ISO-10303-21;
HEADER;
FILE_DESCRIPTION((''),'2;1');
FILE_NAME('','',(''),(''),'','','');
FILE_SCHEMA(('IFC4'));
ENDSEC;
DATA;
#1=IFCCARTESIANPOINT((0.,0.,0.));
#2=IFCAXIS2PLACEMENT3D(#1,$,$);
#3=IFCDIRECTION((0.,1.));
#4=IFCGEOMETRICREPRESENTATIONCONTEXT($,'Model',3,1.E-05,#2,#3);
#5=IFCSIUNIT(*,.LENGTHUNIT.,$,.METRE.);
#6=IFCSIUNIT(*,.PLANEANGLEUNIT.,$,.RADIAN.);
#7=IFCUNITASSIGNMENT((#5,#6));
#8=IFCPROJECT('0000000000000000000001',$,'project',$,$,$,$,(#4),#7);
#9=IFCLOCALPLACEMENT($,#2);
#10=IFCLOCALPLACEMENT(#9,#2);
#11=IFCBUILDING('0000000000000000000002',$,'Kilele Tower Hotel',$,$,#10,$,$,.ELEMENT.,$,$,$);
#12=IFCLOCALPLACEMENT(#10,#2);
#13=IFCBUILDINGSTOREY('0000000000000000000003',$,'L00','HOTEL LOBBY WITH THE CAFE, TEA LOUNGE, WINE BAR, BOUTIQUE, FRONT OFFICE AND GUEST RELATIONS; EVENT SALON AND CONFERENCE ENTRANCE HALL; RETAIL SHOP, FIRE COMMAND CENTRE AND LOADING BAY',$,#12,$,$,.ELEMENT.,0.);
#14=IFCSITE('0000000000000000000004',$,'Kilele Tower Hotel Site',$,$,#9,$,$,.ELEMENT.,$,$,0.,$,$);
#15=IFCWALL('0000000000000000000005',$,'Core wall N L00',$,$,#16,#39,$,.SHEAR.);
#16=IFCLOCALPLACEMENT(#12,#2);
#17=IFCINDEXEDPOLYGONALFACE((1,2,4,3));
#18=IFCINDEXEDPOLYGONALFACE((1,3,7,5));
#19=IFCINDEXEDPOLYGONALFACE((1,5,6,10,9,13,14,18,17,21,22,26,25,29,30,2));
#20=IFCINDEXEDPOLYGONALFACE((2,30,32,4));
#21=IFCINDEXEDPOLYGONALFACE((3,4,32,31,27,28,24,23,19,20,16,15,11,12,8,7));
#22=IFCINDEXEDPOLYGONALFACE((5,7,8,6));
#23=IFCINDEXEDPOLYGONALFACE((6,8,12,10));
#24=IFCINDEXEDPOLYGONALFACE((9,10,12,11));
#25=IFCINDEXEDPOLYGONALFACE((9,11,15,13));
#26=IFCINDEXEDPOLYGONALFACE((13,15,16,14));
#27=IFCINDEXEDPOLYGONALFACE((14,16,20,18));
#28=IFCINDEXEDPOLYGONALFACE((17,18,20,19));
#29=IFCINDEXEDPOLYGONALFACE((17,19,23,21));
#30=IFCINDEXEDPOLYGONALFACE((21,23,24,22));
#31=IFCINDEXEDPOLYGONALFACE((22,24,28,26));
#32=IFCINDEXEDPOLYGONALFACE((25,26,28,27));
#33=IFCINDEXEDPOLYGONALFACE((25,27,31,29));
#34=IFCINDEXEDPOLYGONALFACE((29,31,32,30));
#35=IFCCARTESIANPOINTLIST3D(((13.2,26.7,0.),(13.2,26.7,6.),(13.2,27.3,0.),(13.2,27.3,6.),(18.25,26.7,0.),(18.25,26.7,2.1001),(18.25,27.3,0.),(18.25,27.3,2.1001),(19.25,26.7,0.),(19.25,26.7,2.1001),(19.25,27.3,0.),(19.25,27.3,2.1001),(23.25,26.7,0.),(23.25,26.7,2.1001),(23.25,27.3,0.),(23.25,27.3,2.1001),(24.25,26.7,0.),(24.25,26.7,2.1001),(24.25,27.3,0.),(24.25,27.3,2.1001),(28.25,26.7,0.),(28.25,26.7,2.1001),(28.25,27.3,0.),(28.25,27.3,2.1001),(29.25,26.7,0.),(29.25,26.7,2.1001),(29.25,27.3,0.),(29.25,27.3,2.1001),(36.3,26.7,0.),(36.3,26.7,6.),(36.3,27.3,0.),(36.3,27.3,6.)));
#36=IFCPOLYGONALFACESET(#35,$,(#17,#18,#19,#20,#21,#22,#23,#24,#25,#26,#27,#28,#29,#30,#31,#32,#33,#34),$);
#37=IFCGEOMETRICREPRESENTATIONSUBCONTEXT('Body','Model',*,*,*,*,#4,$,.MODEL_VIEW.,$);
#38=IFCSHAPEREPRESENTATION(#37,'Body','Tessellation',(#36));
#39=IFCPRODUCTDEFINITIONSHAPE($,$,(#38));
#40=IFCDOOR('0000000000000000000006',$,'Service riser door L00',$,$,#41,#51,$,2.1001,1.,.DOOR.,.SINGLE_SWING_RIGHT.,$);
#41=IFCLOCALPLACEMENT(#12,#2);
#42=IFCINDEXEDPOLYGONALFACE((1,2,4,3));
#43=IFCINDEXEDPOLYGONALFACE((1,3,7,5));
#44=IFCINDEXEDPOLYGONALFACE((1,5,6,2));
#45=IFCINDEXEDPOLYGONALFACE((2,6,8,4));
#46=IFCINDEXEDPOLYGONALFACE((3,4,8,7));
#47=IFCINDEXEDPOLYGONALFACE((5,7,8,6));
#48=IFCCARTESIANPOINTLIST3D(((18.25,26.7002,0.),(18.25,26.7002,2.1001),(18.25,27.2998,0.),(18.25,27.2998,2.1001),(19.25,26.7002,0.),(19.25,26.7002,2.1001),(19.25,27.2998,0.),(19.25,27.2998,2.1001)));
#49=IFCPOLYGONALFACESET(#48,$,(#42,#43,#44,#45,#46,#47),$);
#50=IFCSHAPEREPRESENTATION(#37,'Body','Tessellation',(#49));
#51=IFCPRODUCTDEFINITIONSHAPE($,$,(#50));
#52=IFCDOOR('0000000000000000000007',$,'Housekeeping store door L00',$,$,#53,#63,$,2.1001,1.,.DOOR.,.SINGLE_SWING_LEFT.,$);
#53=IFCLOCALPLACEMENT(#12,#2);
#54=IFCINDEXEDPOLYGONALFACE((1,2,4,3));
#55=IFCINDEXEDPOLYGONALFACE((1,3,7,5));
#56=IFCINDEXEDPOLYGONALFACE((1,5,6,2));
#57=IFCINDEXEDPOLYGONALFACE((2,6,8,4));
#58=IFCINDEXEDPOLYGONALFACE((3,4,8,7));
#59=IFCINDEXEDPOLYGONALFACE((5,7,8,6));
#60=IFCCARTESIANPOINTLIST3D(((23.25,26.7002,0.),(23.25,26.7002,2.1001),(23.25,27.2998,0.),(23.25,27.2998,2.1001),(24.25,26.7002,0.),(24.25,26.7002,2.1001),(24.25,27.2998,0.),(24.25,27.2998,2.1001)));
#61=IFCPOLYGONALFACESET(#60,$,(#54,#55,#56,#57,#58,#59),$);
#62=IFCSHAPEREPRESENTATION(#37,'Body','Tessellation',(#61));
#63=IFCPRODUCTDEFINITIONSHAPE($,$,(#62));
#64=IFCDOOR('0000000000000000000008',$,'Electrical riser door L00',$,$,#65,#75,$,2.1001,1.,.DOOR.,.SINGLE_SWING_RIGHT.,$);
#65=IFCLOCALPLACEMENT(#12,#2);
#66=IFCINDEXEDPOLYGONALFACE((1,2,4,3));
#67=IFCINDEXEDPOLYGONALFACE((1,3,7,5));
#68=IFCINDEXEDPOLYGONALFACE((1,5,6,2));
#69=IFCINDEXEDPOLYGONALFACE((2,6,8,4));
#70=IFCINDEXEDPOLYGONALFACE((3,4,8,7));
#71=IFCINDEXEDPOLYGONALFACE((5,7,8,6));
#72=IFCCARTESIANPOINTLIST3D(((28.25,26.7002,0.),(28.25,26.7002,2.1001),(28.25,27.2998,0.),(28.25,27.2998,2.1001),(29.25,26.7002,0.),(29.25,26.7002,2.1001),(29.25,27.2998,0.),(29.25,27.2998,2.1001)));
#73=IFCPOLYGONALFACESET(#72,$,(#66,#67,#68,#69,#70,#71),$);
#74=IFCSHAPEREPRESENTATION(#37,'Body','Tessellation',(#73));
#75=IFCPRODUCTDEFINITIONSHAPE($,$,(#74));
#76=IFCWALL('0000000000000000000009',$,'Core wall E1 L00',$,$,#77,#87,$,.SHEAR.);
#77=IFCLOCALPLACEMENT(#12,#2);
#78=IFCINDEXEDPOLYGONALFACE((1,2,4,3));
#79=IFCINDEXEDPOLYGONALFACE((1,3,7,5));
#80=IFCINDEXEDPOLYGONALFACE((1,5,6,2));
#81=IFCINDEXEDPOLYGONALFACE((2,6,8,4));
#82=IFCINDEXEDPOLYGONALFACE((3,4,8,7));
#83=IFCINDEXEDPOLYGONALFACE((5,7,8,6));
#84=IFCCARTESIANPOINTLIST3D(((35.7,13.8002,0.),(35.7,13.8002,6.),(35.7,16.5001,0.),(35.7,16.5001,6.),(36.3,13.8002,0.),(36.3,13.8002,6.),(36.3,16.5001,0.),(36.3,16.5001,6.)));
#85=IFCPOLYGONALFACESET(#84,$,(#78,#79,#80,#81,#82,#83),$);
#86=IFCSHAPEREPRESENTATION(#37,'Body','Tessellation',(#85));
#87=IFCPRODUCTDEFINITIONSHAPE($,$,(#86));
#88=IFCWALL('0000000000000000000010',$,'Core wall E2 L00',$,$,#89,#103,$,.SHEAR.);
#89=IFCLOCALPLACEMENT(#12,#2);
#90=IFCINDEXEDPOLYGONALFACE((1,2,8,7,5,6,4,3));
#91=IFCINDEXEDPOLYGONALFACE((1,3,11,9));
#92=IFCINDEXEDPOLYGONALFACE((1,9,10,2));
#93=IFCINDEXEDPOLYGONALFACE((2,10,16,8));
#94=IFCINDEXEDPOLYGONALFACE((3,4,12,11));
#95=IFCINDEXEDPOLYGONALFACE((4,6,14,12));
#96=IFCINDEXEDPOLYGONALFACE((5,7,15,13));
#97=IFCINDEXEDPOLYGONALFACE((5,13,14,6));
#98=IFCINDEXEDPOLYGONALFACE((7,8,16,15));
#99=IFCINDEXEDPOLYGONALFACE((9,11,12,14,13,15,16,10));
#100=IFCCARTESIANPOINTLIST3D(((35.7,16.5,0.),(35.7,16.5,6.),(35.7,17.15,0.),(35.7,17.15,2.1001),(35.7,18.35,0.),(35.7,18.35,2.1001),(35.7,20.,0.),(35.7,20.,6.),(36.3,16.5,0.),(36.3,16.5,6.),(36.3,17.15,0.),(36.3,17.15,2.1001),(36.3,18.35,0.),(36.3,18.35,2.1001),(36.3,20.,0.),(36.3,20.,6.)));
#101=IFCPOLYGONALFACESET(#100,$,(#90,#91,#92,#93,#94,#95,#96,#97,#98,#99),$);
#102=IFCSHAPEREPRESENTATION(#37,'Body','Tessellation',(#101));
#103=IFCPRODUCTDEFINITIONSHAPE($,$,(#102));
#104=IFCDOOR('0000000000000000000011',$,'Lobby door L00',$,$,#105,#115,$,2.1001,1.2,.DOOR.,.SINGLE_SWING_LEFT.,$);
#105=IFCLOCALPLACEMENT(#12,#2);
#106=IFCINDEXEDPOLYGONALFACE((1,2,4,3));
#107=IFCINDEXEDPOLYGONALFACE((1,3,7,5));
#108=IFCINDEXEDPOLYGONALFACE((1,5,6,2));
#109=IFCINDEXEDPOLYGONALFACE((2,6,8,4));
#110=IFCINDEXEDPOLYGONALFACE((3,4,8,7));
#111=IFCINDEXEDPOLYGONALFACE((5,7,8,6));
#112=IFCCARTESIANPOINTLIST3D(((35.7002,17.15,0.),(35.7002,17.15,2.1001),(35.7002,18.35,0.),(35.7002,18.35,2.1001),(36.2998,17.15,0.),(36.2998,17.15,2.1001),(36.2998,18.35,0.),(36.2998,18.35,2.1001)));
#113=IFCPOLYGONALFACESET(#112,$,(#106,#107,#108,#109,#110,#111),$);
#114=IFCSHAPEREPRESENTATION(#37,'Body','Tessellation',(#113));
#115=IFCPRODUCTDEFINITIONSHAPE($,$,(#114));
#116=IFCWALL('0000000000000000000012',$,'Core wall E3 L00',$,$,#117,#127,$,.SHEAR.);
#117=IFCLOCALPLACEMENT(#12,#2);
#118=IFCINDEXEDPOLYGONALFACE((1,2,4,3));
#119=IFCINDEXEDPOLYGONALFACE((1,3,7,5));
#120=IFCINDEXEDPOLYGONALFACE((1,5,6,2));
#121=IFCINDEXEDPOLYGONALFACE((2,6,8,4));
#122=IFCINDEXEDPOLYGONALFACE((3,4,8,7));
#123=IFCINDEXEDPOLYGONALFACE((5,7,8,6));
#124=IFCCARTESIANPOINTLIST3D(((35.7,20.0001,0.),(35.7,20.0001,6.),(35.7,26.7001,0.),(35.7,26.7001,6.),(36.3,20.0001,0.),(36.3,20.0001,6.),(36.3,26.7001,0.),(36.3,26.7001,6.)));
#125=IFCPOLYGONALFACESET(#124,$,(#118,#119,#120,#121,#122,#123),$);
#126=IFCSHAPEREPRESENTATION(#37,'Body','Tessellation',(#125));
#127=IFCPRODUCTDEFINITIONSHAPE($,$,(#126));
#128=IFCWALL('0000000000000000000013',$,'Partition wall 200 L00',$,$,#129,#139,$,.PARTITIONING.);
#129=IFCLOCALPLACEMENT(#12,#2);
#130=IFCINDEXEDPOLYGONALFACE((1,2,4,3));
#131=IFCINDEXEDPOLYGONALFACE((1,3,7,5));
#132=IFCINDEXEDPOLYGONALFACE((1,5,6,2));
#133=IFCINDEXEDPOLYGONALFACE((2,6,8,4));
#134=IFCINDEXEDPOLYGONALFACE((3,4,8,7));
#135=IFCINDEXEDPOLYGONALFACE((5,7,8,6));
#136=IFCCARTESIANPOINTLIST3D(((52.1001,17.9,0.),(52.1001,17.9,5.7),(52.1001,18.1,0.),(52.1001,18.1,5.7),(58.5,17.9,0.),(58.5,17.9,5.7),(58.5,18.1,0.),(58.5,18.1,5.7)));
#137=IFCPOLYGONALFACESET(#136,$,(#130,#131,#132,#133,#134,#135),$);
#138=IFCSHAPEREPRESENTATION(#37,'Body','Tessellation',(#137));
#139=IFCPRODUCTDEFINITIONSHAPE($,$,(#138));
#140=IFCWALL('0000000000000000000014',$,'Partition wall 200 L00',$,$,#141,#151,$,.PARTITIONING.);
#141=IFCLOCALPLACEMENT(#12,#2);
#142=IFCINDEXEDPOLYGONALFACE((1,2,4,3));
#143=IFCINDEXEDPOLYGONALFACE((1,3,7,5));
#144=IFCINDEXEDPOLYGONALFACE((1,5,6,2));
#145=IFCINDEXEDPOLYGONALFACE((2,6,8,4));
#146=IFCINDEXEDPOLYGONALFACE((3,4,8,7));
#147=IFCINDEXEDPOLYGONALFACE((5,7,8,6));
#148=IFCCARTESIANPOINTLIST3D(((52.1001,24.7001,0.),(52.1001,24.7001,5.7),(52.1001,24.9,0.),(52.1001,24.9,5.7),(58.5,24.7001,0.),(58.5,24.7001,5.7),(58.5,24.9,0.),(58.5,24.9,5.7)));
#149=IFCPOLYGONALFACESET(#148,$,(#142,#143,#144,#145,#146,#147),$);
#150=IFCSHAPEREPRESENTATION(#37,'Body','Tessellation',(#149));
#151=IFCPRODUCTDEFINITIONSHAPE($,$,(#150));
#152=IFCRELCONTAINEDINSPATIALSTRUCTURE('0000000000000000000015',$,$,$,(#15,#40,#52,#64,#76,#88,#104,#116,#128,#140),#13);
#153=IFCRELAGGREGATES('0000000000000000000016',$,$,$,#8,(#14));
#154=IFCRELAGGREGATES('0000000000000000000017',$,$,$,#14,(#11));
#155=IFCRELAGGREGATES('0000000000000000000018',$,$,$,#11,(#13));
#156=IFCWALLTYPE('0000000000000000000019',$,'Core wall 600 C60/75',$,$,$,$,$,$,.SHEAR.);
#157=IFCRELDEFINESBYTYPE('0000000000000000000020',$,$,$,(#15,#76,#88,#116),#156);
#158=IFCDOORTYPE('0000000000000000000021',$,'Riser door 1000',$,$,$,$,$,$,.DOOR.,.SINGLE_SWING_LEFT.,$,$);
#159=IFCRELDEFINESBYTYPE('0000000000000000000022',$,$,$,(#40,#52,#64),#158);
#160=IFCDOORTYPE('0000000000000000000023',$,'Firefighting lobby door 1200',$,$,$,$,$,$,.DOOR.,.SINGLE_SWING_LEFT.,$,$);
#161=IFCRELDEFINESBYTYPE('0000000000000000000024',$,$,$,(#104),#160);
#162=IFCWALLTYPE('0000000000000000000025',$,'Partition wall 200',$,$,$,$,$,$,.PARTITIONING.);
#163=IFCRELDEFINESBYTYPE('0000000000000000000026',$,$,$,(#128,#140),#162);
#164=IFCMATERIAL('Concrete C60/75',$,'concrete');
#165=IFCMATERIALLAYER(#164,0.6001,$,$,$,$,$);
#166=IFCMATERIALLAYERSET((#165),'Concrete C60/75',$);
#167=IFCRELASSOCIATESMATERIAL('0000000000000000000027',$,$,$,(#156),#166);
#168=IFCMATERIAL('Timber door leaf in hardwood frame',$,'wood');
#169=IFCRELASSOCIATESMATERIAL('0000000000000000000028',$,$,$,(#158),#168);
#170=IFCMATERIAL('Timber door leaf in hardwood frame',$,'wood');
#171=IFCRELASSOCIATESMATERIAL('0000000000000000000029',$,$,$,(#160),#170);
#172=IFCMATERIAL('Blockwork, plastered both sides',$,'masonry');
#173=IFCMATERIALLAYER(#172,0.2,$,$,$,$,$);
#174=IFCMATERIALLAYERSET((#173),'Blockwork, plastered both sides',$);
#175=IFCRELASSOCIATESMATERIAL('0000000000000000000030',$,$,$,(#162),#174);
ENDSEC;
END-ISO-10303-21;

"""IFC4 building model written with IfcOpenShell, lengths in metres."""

from ifc_helpers import new_model, si_unit, direction, frame, frame_2d, origin, place, context, subcontext, project, spatial, rectangle, extrude, material, layer, layer_set, type_object, element, fill, save


model = new_model("IFC4")

# Units and contexts
model_context = context("Model", 3, precision=1e-05, world=origin(), true_north=direction((0.0, 1.0)))
body_context = subcontext(model_context, "Body", "Model", "MODEL_VIEW")
ifc_project = project(units=[si_unit("LENGTHUNIT", "METRE"), si_unit("PLANEANGLEUNIT", "RADIAN")], contexts=[model_context])

# Site, building, storey
site_placement = place(None, origin())
site = spatial("IfcSite", under=ifc_project, at=site_placement, Name="Kilele Tower Hotel Site", CompositionType="ELEMENT", RefElevation=0.0)
building_placement = place(site_placement, origin())
building = spatial("IfcBuilding", under=site, at=building_placement, Name="Kilele Tower Hotel", CompositionType="ELEMENT")
storey_placement = place(building_placement, origin())
storey = spatial("IfcBuildingStorey", under=building, at=storey_placement, Name="L00", Description="HOTEL LOBBY WITH THE CAFE, TEA LOUNGE, WINE BAR, BOUTIQUE, FRONT OFFICE AND GUEST RELATIONS; EVENT SALON AND CONFERENCE ENTRANCE HALL; RETAIL SHOP, FIRE COMMAND CENTRE AND LOADING BAY", CompositionType="ELEMENT", Elevation=0.0)

# Wall, openings, doors
ifc_material_1 = material(Name="Concrete C60/75", Category="concrete")
ifc_layer_1 = layer(ifc_material_1, 0.6001)
ifc_layer_set_1 = layer_set([ifc_layer_1], Name="Concrete C60/75")
wall_type_1 = type_object("IfcWallType", Name="Core wall 600 C60/75", PredefinedType="SHEAR", material=ifc_layer_set_1)
wall_1_placement = place(storey_placement, frame((36.3, 27.0, 0.0), z_axis=(0.0, 0.0, 1.0), x_axis=(-1.0, 0.0, 0.0)))
wall_1 = element("IfcWall", 1, at=wall_1_placement, inside=storey, type_object=wall_type_1, Name="Core wall N L00", PredefinedType="SHEAR", context=body_context, shape_type="SweptSolid", body=[
    extrude(rectangle(XDim=23.1001, YDim=0.6001, at=frame_2d((11.55, 0.0))), origin(), (0.0, 0.0, 1.0), 6.0),
])
opening_1_placement = place(wall_1_placement, frame((17.05, 0.0, 0.0)))
opening_1 = element("IfcOpeningElement", 2, at=opening_1_placement, cuts=wall_1, PredefinedType="OPENING", context=body_context, shape_type="SweptSolid", body=[
    extrude(rectangle(XDim=1.0, YDim=2.1001, at=frame_2d((0.5, 1.05))), frame((0.0, 0.3101, 0.0), z_axis=(0.0, -1.0, 0.0), x_axis=(1.0, 0.0, 0.0)), (0.0, 0.0, 1.0), 0.6201),
])
opening_2_placement = place(wall_1_placement, frame((13.05, 0.0, 0.0), z_axis=(0.0, 0.0, 1.0), x_axis=(-1.0, 0.0, 0.0)))
opening_2 = element("IfcOpeningElement", 3, at=opening_2_placement, cuts=wall_1, PredefinedType="OPENING", context=body_context, shape_type="SweptSolid", body=[
    extrude(rectangle(XDim=1.0, YDim=2.1001, at=frame_2d((0.5, 1.05))), frame((0.0, 0.3101, 0.0), z_axis=(0.0, -1.0, 0.0), x_axis=(1.0, 0.0, 0.0)), (0.0, 0.0, 1.0), 0.6201),
])
opening_3_placement = place(wall_1_placement, frame((7.05, 0.0, 0.0)))
opening_3 = element("IfcOpeningElement", 4, at=opening_3_placement, cuts=wall_1, PredefinedType="OPENING", context=body_context, shape_type="SweptSolid", body=[
    extrude(rectangle(XDim=1.0, YDim=2.1001, at=frame_2d((0.5, 1.05))), frame((0.0, 0.3101, 0.0), z_axis=(0.0, -1.0, 0.0), x_axis=(1.0, 0.0, 0.0)), (0.0, 0.0, 1.0), 0.6201),
])
ifc_material_2 = material(Name="Timber door leaf in hardwood frame", Category="wood")
door_type_1 = type_object("IfcDoorType", Name="Riser door 1000", OperationType="SINGLE_SWING_LEFT", PredefinedType="DOOR", material=ifc_material_2)
door_1_placement = place(opening_1_placement, origin())
door_1 = element("IfcDoor", 5, at=door_1_placement, inside=storey, type_object=door_type_1, Name="Service riser door L00", OperationType="SINGLE_SWING_RIGHT", OverallHeight=2.1001, OverallWidth=1.0, PredefinedType="DOOR", context=body_context, shape_type="SweptSolid", body=[
    extrude(rectangle(XDim=1.0, YDim=2.1001, at=frame_2d((0.5, 1.05))), frame((0.0, 0.2998, 0.0), z_axis=(0.0, -1.0, 0.0), x_axis=(1.0, 0.0, 0.0)), (0.0, 0.0, 1.0), 0.5996),
])
fill(opening_1, door_1)
door_2_placement = place(opening_2_placement, origin())
door_2 = element("IfcDoor", 6, at=door_2_placement, inside=storey, type_object=door_type_1, Name="Housekeeping store door L00", OperationType="SINGLE_SWING_LEFT", OverallHeight=2.1001, OverallWidth=1.0, PredefinedType="DOOR", context=body_context, shape_type="SweptSolid", body=[
    extrude(rectangle(XDim=1.0, YDim=2.1001, at=frame_2d((0.5, 1.05))), frame((0.0, 0.2998, 0.0), z_axis=(0.0, -1.0, 0.0), x_axis=(1.0, 0.0, 0.0)), (0.0, 0.0, 1.0), 0.5996),
])
fill(opening_2, door_2)
door_3_placement = place(opening_3_placement, origin())
door_3 = element("IfcDoor", 7, at=door_3_placement, inside=storey, type_object=door_type_1, Name="Electrical riser door L00", OperationType="SINGLE_SWING_RIGHT", OverallHeight=2.1001, OverallWidth=1.0, PredefinedType="DOOR", context=body_context, shape_type="SweptSolid", body=[
    extrude(rectangle(XDim=1.0, YDim=2.1001, at=frame_2d((0.5, 1.05))), frame((0.0, 0.2998, 0.0), z_axis=(0.0, -1.0, 0.0), x_axis=(1.0, 0.0, 0.0)), (0.0, 0.0, 1.0), 0.5996),
])
fill(opening_3, door_3)

# Wall
wall_2_placement = place(storey_placement, frame((36.0, 13.8, 0.0), z_axis=(0.0, 0.0, 1.0), x_axis=(0.0, 1.0, 0.0)))
element("IfcWall", 8, at=wall_2_placement, inside=storey, type_object=wall_type_1, Name="Core wall E1 L00", PredefinedType="SHEAR", context=body_context, shape_type="SweptSolid", body=[
    extrude(rectangle(XDim=2.7, YDim=0.6001, at=frame_2d((1.3501, 0.0))), origin(), (0.0, 0.0, 1.0), 6.0),
])

# Wall, opening, door
wall_3_placement = place(storey_placement, frame((36.0, 16.5, 0.0), z_axis=(0.0, 0.0, 1.0), x_axis=(0.0, 1.0, 0.0)))
wall_3 = element("IfcWall", 9, at=wall_3_placement, inside=storey, type_object=wall_type_1, Name="Core wall E2 L00", PredefinedType="SHEAR", context=body_context, shape_type="SweptSolid", body=[
    extrude(rectangle(XDim=3.5, YDim=0.6001, at=frame_2d((1.75, 0.0))), origin(), (0.0, 0.0, 1.0), 6.0),
])
opening_4_placement = place(wall_3_placement, frame((0.6499, 0.0, 0.0)))
opening_4 = element("IfcOpeningElement", 10, at=opening_4_placement, cuts=wall_3, PredefinedType="OPENING", context=body_context, shape_type="SweptSolid", body=[
    extrude(rectangle(XDim=1.2, YDim=2.1001, at=frame_2d((0.6001, 1.05))), frame((0.0, 0.3101, 0.0), z_axis=(0.0, -1.0, 0.0), x_axis=(1.0, 0.0, 0.0)), (0.0, 0.0, 1.0), 0.6201),
])
ifc_material_3 = material(Name="Timber door leaf in hardwood frame", Category="wood")
door_type_2 = type_object("IfcDoorType", Name="Firefighting lobby door 1200", OperationType="SINGLE_SWING_LEFT", PredefinedType="DOOR", material=ifc_material_3)
door_4_placement = place(opening_4_placement, origin())
door_4 = element("IfcDoor", 11, at=door_4_placement, inside=storey, type_object=door_type_2, Name="Lobby door L00", OperationType="SINGLE_SWING_LEFT", OverallHeight=2.1001, OverallWidth=1.2, PredefinedType="DOOR", context=body_context, shape_type="SweptSolid", body=[
    extrude(rectangle(XDim=1.2, YDim=2.1001, at=frame_2d((0.6001, 1.05))), frame((0.0, 0.2998, 0.0), z_axis=(0.0, -1.0, 0.0), x_axis=(1.0, 0.0, 0.0)), (0.0, 0.0, 1.0), 0.5996),
])
fill(opening_4, door_4)

# Walls
wall_4_placement = place(storey_placement, frame((36.0, 20.0, 0.0), z_axis=(0.0, 0.0, 1.0), x_axis=(0.0, 1.0, 0.0)))
element("IfcWall", 12, at=wall_4_placement, inside=storey, type_object=wall_type_1, Name="Core wall E3 L00", PredefinedType="SHEAR", context=body_context, shape_type="SweptSolid", body=[
    extrude(rectangle(XDim=6.7, YDim=0.6001, at=frame_2d((3.3501, 0.0))), origin(), (0.0, 0.0, 1.0), 6.0),
])
ifc_material_4 = material(Name="Blockwork, plastered both sides", Category="masonry")
ifc_layer_2 = layer(ifc_material_4, 0.2)
ifc_layer_set_2 = layer_set([ifc_layer_2], Name="Blockwork, plastered both sides")
wall_type_2 = type_object("IfcWallType", Name="Partition wall 200", PredefinedType="PARTITIONING", material=ifc_layer_set_2)
for number, where, z_axis, x_axis, name in (
    (13, (52.1001, 18.0, 0.0), (0.0, 0.0, 1.0), (1.0, 0.0, 0.0), "Partition wall 200 L00"),
    (14, (52.1001, 24.8, 0.0), (0.0, 0.0, 1.0), (1.0, 0.0, 0.0), "Partition wall 200 L00"),
):
    element("IfcWall", number, at=place(storey_placement, frame(where, z_axis=z_axis, x_axis=x_axis)), inside=storey, type_object=wall_type_2, Name=name, PredefinedType="PARTITIONING", context=body_context, shape_type="SweptSolid", body=[
        extrude(rectangle(XDim=6.3999, YDim=0.2, at=frame_2d((3.2, 0.0))), origin(), (0.0, 0.0, 1.0), 5.7),
    ])

save(model, "model.ifc")
